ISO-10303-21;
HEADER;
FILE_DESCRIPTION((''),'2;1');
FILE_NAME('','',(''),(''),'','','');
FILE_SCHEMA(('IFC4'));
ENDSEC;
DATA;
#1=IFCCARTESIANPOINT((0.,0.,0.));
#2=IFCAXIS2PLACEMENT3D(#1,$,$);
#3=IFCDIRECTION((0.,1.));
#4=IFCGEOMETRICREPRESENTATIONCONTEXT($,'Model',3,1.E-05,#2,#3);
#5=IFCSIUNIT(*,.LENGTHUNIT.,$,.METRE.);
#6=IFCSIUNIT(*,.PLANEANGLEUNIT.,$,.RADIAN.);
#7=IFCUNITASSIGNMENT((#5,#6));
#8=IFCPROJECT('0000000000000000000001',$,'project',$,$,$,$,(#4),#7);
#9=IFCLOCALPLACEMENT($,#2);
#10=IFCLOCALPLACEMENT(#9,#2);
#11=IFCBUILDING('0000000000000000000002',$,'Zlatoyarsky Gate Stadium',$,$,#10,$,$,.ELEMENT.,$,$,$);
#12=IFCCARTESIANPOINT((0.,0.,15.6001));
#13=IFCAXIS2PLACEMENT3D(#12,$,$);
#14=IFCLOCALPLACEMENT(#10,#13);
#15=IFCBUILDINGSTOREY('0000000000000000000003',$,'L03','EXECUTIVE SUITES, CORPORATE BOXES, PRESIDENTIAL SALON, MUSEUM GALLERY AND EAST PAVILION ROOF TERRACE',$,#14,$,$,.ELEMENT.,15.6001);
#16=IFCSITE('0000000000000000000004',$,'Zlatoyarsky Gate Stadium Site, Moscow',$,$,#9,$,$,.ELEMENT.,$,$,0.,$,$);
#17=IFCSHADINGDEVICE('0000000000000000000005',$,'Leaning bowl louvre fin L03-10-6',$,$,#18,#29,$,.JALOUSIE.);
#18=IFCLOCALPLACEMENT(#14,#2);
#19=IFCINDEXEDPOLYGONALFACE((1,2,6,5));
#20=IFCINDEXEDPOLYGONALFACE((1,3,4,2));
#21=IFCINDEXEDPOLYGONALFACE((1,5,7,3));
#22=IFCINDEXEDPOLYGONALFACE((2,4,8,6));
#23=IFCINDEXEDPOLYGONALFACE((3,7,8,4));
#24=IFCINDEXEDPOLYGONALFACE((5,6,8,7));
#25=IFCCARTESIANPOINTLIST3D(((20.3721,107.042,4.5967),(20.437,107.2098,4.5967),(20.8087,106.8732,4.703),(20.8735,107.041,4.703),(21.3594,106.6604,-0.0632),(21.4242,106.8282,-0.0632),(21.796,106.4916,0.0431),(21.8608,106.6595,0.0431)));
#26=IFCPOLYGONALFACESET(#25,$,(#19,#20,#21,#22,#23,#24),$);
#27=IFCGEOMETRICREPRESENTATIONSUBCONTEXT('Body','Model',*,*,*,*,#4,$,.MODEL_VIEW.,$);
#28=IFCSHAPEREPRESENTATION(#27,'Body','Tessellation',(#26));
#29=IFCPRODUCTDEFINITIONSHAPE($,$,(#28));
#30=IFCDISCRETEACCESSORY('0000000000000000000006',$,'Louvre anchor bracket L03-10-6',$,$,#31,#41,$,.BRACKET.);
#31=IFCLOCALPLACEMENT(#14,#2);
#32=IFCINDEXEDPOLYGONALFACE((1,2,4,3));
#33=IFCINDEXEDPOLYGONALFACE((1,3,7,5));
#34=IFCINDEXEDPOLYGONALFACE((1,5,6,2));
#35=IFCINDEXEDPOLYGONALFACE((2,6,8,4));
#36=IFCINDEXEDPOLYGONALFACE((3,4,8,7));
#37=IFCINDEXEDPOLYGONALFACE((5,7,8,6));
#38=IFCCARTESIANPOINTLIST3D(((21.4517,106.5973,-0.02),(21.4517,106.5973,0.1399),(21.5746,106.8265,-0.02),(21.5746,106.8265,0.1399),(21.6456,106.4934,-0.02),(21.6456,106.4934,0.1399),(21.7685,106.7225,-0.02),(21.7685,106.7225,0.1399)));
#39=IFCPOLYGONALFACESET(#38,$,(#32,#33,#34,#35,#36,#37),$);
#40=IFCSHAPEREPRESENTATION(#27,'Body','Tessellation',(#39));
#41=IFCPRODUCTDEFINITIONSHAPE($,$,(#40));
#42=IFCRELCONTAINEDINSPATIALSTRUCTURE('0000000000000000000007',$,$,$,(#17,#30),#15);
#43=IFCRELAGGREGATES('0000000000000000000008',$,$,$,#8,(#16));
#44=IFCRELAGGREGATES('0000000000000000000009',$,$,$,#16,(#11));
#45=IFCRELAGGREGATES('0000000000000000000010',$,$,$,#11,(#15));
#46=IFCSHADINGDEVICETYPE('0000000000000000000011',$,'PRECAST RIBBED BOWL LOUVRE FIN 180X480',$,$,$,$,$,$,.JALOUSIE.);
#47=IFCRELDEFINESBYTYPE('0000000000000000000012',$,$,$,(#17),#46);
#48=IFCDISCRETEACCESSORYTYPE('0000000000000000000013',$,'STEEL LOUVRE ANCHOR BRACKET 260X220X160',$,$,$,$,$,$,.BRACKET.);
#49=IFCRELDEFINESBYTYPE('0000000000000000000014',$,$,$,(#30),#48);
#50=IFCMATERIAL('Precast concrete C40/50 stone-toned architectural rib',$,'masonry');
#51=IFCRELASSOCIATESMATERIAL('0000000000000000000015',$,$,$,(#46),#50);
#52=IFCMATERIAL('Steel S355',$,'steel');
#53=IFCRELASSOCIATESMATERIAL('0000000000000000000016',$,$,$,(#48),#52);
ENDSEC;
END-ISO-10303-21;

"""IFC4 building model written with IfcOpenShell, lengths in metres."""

from ifc_helpers import new_model, si_unit, direction, frame, origin, origin_2d, place, context, subcontext, project, spatial, rectangle, extrude, material, material_profile, profile_set, type_object, element, save


model = new_model("IFC4")

# Units and contexts
model_context = context("Model", 3, precision=1e-05, world=origin(), true_north=direction((0.0, 1.0)))
body_context = subcontext(model_context, "Body", "Model", "MODEL_VIEW")
ifc_project = project(units=[si_unit("LENGTHUNIT", "METRE"), si_unit("PLANEANGLEUNIT", "RADIAN")], contexts=[model_context])

# Site, building, storey
site_placement = place(None, origin())
site = spatial("IfcSite", under=ifc_project, at=site_placement, Name="Zlatoyarsky Gate Stadium Site, Moscow", CompositionType="ELEMENT", RefElevation=0.0)
building_placement = place(site_placement, origin())
building = spatial("IfcBuilding", under=site, at=building_placement, Name="Zlatoyarsky Gate Stadium", CompositionType="ELEMENT")
storey_placement = place(building_placement, frame((0.0, 0.0, 15.6001)))
storey = spatial("IfcBuildingStorey", under=building, at=storey_placement, Name="L03", Description="EXECUTIVE SUITES, CORPORATE BOXES, PRESIDENTIAL SALON, MUSEUM GALLERY AND EAST PAVILION ROOF TERRACE", CompositionType="ELEMENT", Elevation=15.6001)

# Shared definitions
ifc_material_1 = material(Name="Steel S355", Category="steel")

# Shading device
ifc_material_2 = material(Name="Precast concrete C40/50 stone-toned architectural rib", Category="masonry")
ifc_material_profile_1 = material_profile(ifc_material_2, rectangle(XDim=0.1799, YDim=0.48, at=origin_2d()), Name="RIB 180X480")
ifc_profile_set_1 = profile_set([ifc_material_profile_1], Name="Precast concrete C40/50 stone-toned architectural rib")
shading_device_type = type_object("IfcShadingDeviceType", Name="PRECAST RIBBED BOWL LOUVRE FIN 180X480", PredefinedType="JALOUSIE", material=ifc_profile_set_1)
shading_device_placement = place(storey_placement, frame((21.6101, 106.6599, -0.01), z_axis=(-0.206609, 0.079854, 0.97516), x_axis=(-0.360509, -0.932756, 0.0)))
element("IfcShadingDevice", 1, at=shading_device_placement, inside=storey, type_object=shading_device_type, Name="Leaning bowl louvre fin L03-10-6", PredefinedType="JALOUSIE", context=body_context, shape_type="SweptSolid", body=[
    extrude(rectangle(XDim=0.1799, YDim=0.48, at=origin_2d()), origin(), (0.0, 0.0, 1.0), 4.7786),
])

# Discrete accessory
discrete_accessory_type = type_object("IfcDiscreteAccessoryType", Name="STEEL LOUVRE ANCHOR BRACKET 260X220X160", PredefinedType="BRACKET", material=ifc_material_1)
discrete_accessory_placement = place(storey_placement, frame((21.6101, 106.6599, -0.02), z_axis=(0.0, 0.0, 1.0), x_axis=(-0.472643, -0.881254, 0.0)))
element("IfcDiscreteAccessory", 2, at=discrete_accessory_placement, inside=storey, type_object=discrete_accessory_type, Name="Louvre anchor bracket L03-10-6", PredefinedType="BRACKET", context=body_context, shape_type="SweptSolid", body=[
    extrude(rectangle(XDim=0.26, YDim=0.22, at=origin_2d()), origin(), (0.0, 0.0, 1.0), 0.1599),
])

save(model, "model.ifc")
